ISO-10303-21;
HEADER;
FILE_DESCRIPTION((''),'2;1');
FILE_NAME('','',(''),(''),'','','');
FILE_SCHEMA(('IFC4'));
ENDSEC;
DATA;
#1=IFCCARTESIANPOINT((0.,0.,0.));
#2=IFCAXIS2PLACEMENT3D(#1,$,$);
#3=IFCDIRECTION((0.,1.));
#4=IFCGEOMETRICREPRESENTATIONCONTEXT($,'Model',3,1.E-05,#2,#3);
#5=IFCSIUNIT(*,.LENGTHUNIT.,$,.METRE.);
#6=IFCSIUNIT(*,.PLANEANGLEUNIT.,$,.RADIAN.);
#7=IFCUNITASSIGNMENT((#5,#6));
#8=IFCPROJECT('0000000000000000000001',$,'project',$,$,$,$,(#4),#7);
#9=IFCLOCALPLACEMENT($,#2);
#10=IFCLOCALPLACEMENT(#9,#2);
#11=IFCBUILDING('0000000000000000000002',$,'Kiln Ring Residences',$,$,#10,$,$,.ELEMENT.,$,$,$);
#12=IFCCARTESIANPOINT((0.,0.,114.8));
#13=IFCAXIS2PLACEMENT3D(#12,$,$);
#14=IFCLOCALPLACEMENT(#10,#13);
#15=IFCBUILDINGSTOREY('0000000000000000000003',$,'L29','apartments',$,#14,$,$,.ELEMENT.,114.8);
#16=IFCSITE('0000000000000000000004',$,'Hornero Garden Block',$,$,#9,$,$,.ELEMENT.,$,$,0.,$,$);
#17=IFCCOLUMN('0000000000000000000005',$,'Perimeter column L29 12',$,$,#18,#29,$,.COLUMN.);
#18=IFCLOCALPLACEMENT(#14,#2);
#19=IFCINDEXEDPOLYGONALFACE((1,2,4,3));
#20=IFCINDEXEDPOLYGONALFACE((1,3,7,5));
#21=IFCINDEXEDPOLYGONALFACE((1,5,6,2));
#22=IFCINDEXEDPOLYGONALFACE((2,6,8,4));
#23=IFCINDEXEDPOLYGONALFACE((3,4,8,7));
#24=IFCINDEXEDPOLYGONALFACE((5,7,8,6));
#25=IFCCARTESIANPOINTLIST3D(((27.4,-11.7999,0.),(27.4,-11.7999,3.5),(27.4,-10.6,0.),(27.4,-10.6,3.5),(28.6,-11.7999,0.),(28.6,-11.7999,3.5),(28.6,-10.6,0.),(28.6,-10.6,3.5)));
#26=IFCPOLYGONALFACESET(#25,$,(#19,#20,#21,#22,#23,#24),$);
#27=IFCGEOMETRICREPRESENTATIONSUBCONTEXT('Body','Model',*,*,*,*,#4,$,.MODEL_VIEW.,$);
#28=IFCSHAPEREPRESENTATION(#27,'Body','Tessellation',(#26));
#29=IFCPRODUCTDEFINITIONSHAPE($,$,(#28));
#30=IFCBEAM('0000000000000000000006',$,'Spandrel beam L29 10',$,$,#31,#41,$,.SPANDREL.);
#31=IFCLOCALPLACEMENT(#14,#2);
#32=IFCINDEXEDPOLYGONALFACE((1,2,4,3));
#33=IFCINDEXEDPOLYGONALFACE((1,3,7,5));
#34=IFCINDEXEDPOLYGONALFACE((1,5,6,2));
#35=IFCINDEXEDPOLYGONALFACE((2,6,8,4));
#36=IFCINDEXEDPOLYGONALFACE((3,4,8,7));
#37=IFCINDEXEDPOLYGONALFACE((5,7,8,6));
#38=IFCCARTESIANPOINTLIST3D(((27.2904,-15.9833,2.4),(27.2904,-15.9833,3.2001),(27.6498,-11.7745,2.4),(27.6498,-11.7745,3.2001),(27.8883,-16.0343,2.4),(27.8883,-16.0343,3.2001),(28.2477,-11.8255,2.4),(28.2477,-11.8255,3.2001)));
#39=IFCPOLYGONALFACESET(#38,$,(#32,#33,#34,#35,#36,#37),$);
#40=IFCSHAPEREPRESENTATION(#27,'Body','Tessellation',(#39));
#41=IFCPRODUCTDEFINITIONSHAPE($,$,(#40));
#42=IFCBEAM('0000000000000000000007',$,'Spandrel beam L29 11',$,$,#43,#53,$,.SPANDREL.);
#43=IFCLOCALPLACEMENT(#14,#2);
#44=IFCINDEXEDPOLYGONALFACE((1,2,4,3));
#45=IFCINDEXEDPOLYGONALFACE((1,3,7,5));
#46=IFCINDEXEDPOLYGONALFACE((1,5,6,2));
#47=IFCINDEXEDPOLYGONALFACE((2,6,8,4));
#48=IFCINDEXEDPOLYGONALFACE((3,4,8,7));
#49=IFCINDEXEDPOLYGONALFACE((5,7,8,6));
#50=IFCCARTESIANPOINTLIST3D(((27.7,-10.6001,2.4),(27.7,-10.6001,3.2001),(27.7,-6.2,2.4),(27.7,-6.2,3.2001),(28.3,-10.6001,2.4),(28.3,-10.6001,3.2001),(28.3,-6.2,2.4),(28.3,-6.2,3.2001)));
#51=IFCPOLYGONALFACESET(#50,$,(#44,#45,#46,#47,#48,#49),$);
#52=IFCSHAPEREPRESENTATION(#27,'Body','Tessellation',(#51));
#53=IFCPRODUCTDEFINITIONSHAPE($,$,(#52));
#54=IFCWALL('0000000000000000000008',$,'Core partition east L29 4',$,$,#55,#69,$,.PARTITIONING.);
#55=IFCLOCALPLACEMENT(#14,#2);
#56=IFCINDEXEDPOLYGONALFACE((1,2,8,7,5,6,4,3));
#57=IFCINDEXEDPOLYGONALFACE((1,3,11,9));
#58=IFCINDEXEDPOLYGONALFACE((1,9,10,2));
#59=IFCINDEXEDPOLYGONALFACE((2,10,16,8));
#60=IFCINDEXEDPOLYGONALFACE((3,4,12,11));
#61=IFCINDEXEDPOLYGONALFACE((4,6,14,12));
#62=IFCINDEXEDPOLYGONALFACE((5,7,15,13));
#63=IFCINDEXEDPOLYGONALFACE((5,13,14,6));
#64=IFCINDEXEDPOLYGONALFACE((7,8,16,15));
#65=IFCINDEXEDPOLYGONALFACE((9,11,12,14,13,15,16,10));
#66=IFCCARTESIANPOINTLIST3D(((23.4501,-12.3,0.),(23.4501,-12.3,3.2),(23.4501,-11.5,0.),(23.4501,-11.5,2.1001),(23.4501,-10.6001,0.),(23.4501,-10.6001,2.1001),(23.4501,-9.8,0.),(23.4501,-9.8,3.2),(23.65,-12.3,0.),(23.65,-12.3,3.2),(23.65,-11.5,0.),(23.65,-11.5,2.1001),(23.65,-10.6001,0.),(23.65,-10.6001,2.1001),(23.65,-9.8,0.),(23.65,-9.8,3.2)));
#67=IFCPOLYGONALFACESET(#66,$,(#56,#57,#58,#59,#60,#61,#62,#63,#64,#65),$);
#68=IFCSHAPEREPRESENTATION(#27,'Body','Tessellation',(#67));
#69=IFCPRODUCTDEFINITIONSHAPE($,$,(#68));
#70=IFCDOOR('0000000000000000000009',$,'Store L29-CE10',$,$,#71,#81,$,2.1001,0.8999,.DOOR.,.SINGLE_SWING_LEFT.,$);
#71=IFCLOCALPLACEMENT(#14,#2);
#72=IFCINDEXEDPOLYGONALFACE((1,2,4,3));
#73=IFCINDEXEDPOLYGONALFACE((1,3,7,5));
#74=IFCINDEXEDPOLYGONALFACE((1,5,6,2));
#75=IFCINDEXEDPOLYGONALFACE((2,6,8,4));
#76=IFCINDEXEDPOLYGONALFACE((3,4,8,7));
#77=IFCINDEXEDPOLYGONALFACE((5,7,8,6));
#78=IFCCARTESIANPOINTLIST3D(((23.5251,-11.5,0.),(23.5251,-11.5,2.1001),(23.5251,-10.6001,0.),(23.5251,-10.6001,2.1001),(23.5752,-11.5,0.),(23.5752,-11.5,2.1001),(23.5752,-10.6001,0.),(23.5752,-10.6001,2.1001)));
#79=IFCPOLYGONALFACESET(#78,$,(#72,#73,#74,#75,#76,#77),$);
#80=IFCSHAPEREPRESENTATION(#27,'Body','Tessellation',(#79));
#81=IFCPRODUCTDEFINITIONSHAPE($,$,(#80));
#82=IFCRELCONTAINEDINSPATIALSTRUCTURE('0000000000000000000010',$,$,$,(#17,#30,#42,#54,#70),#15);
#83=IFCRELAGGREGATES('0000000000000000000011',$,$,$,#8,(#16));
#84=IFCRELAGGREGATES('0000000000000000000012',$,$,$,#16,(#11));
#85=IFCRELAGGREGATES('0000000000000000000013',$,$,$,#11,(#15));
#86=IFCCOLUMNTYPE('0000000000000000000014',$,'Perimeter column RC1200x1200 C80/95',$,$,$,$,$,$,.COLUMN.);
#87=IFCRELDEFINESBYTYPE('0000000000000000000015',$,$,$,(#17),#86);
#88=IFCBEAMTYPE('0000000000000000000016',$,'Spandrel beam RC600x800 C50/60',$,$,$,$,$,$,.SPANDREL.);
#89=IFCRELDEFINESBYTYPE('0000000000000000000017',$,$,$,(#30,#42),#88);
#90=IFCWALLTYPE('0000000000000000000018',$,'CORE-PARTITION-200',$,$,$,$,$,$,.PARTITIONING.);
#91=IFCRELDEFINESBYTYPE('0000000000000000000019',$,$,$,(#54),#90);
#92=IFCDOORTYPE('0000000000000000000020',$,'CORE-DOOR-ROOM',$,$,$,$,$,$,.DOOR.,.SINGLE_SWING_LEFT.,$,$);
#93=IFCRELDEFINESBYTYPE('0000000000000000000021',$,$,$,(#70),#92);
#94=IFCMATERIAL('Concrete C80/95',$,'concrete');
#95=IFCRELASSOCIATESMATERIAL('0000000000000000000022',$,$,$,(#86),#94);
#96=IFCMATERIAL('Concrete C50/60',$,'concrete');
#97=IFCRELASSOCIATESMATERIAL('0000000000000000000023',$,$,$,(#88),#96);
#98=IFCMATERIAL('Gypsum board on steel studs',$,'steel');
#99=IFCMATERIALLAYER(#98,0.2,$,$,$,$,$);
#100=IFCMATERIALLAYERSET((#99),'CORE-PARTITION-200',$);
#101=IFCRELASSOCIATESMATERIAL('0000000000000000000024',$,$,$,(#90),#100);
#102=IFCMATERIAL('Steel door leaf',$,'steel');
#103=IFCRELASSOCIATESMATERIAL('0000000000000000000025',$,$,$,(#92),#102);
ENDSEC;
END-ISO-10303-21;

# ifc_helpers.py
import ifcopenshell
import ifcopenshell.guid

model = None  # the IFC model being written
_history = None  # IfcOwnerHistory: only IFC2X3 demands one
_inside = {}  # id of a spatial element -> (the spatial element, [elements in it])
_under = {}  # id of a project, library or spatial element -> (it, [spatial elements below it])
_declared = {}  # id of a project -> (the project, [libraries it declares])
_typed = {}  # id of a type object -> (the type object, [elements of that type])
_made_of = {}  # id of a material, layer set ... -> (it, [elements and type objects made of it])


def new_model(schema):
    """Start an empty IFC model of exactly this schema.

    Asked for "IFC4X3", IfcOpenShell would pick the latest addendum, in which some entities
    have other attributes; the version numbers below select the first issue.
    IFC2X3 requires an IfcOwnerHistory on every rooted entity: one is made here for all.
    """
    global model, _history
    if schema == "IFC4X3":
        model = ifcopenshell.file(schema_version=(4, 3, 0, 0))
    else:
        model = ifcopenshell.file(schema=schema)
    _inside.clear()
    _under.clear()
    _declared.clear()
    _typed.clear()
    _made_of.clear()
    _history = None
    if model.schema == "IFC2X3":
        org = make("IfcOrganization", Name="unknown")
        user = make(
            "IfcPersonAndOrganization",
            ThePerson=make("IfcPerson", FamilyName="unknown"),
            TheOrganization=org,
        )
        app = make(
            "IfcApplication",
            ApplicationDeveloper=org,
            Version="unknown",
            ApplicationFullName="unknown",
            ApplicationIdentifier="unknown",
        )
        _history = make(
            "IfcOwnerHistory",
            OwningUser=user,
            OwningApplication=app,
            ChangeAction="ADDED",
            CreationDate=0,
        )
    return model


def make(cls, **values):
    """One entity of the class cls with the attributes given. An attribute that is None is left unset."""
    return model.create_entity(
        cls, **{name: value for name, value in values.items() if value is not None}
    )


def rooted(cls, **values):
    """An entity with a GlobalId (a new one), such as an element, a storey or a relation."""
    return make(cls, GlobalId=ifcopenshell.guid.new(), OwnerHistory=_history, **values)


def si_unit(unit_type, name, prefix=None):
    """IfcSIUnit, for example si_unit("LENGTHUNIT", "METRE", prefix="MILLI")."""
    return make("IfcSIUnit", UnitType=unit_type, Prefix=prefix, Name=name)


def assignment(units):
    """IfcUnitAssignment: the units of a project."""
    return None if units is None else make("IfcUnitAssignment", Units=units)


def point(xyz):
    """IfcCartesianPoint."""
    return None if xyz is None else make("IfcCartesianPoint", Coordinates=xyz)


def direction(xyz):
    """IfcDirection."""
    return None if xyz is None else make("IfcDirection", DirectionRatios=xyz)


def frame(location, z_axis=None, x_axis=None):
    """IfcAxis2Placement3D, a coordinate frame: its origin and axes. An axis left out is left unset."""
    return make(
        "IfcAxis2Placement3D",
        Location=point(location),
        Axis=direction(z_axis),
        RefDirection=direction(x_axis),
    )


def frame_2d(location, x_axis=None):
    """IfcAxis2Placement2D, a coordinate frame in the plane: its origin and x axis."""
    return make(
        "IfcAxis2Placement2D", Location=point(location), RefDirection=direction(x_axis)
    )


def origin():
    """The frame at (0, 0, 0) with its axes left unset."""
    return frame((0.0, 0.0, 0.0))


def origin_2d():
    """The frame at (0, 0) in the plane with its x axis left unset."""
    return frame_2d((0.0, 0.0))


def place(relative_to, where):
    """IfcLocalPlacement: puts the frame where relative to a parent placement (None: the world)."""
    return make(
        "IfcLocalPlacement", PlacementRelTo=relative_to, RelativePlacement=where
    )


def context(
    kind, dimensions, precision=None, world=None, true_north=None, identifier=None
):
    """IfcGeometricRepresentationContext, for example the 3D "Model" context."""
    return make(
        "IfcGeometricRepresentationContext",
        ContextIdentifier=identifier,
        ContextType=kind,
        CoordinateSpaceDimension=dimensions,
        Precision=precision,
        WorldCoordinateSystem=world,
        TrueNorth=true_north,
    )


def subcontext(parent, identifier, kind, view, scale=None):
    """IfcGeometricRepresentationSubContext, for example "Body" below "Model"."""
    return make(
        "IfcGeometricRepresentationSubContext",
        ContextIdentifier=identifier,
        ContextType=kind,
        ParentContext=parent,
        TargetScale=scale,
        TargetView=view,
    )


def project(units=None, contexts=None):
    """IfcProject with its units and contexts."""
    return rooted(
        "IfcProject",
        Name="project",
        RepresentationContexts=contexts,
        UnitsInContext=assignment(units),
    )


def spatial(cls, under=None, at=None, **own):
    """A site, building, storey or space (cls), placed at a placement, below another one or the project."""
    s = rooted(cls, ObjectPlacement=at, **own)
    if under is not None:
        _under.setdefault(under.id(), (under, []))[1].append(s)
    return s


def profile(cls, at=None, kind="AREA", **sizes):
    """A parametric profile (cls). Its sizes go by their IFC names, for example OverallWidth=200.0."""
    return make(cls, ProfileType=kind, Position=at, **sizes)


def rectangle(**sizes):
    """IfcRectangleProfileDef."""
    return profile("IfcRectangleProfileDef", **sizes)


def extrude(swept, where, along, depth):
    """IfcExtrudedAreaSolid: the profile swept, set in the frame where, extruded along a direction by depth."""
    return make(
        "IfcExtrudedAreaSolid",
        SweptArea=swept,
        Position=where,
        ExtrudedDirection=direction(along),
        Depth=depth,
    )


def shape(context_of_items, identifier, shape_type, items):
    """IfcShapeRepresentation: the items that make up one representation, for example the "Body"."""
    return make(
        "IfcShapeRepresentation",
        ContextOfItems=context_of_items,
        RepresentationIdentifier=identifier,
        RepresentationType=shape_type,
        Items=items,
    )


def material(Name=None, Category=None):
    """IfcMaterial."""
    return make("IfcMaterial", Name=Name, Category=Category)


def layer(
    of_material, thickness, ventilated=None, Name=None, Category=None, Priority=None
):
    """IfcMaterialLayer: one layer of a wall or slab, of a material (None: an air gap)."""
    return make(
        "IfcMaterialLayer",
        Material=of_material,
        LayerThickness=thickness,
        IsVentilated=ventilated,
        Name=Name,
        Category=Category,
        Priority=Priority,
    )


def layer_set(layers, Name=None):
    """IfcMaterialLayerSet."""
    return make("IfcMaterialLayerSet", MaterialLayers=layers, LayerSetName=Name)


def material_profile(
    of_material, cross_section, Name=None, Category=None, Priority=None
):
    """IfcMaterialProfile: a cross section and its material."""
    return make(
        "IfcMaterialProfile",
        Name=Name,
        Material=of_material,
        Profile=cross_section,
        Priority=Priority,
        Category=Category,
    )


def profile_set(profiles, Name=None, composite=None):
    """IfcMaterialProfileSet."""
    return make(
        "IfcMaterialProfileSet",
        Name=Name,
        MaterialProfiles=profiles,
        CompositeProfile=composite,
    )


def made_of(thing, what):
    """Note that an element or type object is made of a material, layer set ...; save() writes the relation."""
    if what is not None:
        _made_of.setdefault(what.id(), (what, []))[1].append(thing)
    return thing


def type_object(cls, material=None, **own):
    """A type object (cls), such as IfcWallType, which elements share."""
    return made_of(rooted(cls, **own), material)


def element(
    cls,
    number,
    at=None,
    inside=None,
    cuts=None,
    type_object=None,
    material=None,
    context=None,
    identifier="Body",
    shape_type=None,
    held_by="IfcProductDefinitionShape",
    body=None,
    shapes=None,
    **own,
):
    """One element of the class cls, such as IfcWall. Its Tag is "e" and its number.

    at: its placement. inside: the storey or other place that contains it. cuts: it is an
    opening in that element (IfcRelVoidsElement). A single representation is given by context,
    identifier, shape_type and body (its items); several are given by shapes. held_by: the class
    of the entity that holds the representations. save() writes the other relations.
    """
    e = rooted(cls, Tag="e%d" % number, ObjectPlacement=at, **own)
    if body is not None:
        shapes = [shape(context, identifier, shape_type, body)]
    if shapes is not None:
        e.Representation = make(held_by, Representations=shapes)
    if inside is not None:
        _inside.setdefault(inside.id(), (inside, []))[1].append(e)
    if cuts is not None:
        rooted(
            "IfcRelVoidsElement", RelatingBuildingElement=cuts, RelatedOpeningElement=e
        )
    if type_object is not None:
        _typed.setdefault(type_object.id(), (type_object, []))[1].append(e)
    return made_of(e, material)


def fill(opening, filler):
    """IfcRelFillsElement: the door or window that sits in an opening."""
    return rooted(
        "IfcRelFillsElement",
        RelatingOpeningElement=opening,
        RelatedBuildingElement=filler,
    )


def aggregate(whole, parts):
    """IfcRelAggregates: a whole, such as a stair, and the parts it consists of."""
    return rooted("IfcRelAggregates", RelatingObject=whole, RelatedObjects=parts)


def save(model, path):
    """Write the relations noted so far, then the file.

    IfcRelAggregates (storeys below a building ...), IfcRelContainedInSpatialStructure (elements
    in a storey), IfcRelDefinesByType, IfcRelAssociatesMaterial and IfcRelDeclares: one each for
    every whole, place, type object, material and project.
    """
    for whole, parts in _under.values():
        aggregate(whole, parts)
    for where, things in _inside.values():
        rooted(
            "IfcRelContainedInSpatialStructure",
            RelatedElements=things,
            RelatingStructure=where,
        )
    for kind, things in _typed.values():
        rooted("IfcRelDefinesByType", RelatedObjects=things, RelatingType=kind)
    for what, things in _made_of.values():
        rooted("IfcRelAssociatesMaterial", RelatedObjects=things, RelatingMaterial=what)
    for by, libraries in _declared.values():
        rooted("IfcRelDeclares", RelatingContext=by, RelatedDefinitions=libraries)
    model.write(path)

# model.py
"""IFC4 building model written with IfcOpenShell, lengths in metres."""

from ifc_helpers import new_model, si_unit, direction, frame, frame_2d, origin, origin_2d, place, context, subcontext, project, spatial, rectangle, extrude, material, layer, layer_set, material_profile, profile_set, type_object, element, fill, save


model = new_model("IFC4")

# Units and contexts
model_context = context("Model", 3, precision=1e-05, world=origin(), true_north=direction((0.0, 1.0)))
body_context = subcontext(model_context, "Body", "Model", "MODEL_VIEW")
ifc_project = project(units=[si_unit("LENGTHUNIT", "METRE"), si_unit("PLANEANGLEUNIT", "RADIAN")], contexts=[model_context])

# Site, building, storey
site_placement = place(None, origin())
site = spatial("IfcSite", under=ifc_project, at=site_placement, Name="Hornero Garden Block", CompositionType="ELEMENT", RefElevation=0.0)
building_placement = place(site_placement, origin())
building = spatial("IfcBuilding", under=site, at=building_placement, Name="Kiln Ring Residences", CompositionType="ELEMENT")
storey_placement = place(building_placement, frame((0.0, 0.0, 114.8)))
storey = spatial("IfcBuildingStorey", under=building, at=storey_placement, Name="L29", Description="apartments", CompositionType="ELEMENT", Elevation=114.8)

# Column
ifc_material_1 = material(Name="Concrete C80/95", Category="concrete")
ifc_material_profile_1 = material_profile(ifc_material_1, rectangle(XDim=1.2, YDim=1.2, at=origin_2d()), Name="RC1200x1200")
ifc_profile_set_1 = profile_set([ifc_material_profile_1], Name="Concrete C80/95")
column_type = type_object("IfcColumnType", Name="Perimeter column RC1200x1200 C80/95", PredefinedType="COLUMN", material=ifc_profile_set_1)
column_placement = place(storey_placement, frame((28.0, -11.2, 0.0), z_axis=(0.0, 0.0, 1.0), x_axis=(1.0, 0.0, 0.0)))
element("IfcColumn", 1, at=column_placement, inside=storey, type_object=column_type, Name="Perimeter column L29 12", PredefinedType="COLUMN", context=body_context, shape_type="SweptSolid", body=[
    extrude(rectangle(XDim=1.2, YDim=1.2, at=origin_2d()), origin(), (0.0, 0.0, 1.0), 3.5),
])

# Beams
ifc_material_2 = material(Name="Concrete C50/60", Category="concrete")
ifc_material_profile_2 = material_profile(ifc_material_2, rectangle(XDim=0.6001, YDim=0.8, at=origin_2d()), Name="RC600x800")
ifc_profile_set_2 = profile_set([ifc_material_profile_2], Name="Concrete C50/60")
beam_type = type_object("IfcBeamType", Name="Spandrel beam RC600x800 C50/60", PredefinedType="SPANDREL", material=ifc_profile_set_2)
beam_1_placement = place(storey_placement, frame((27.5894, -16.0088, 2.8), z_axis=(0.085078, 0.996374, 0.0), x_axis=(-0.996374, 0.085078, 0.0)))
element("IfcBeam", 2, at=beam_1_placement, inside=storey, type_object=beam_type, Name="Spandrel beam L29 10", PredefinedType="SPANDREL", context=body_context, shape_type="SweptSolid", body=[
    extrude(rectangle(XDim=0.6001, YDim=0.8, at=origin_2d()), origin(), (0.0, 0.0, 1.0), 4.2241),
])
beam_2_placement = place(storey_placement, frame((28.0, -10.6001, 2.8), z_axis=(0.0, 1.0, 0.0), x_axis=(-1.0, 0.0, 0.0)))
element("IfcBeam", 3, at=beam_2_placement, inside=storey, type_object=beam_type, Name="Spandrel beam L29 11", PredefinedType="SPANDREL", context=body_context, shape_type="SweptSolid", body=[
    extrude(rectangle(XDim=0.6001, YDim=0.8, at=origin_2d()), origin(), (0.0, 0.0, 1.0), 4.4001),
])

# Wall, opening, door
ifc_material_3 = material(Name="Gypsum board on steel studs", Category="steel")
ifc_layer_1 = layer(ifc_material_3, 0.2)
ifc_layer_set_1 = layer_set([ifc_layer_1], Name="CORE-PARTITION-200")
wall_type_1 = type_object("IfcWallType", Name="CORE-PARTITION-200", PredefinedType="PARTITIONING", material=ifc_layer_set_1)
wall_1_placement = place(storey_placement, frame((23.55, -12.3, 0.0), z_axis=(0.0, 0.0, 1.0), x_axis=(0.0, 1.0, 0.0)))
wall_1 = element("IfcWall", 4, at=wall_1_placement, inside=storey, type_object=wall_type_1, Name="Core partition east L29 4", PredefinedType="PARTITIONING", context=body_context, shape_type="SweptSolid", body=[
    extrude(rectangle(XDim=2.5, YDim=0.2, at=frame_2d((1.25, 0.0))), origin(), (0.0, 0.0, 1.0), 3.2),
])
opening_1_placement = place(wall_1_placement, frame((0.8, 0.0, 0.0)))
opening_1 = element("IfcOpeningElement", 5, at=opening_1_placement, cuts=wall_1, PredefinedType="OPENING", context=body_context, shape_type="SweptSolid", body=[
    extrude(rectangle(XDim=0.8999, YDim=2.1001, at=frame_2d((0.45, 1.05))), frame((0.0, 0.1099, 0.0), z_axis=(0.0, -1.0, 0.0), x_axis=(1.0, 0.0, 0.0)), (0.0, 0.0, 1.0), 0.22),
])
ifc_material_4 = material(Name="Steel door leaf", Category="steel")
door_type_1 = type_object("IfcDoorType", Name="CORE-DOOR-ROOM", OperationType="SINGLE_SWING_LEFT", PredefinedType="DOOR", material=ifc_material_4)
door_1_placement = place(opening_1_placement, origin())
door_1 = element("IfcDoor", 6, at=door_1_placement, inside=storey, type_object=door_type_1, Name="Store L29-CE10", OperationType="SINGLE_SWING_LEFT", OverallHeight=2.1001, OverallWidth=0.8999, PredefinedType="DOOR", context=body_context, shape_type="SweptSolid", body=[
    extrude(rectangle(XDim=0.8999, YDim=2.1001, at=frame_2d((0.45, 1.05))), frame((0.0, 0.0249, 0.0), z_axis=(0.0, -1.0, 0.0), x_axis=(1.0, 0.0, 0.0)), (0.0, 0.0, 1.0), 0.05),
])
fill(opening_1, door_1)

save(model, "model.ifc")
